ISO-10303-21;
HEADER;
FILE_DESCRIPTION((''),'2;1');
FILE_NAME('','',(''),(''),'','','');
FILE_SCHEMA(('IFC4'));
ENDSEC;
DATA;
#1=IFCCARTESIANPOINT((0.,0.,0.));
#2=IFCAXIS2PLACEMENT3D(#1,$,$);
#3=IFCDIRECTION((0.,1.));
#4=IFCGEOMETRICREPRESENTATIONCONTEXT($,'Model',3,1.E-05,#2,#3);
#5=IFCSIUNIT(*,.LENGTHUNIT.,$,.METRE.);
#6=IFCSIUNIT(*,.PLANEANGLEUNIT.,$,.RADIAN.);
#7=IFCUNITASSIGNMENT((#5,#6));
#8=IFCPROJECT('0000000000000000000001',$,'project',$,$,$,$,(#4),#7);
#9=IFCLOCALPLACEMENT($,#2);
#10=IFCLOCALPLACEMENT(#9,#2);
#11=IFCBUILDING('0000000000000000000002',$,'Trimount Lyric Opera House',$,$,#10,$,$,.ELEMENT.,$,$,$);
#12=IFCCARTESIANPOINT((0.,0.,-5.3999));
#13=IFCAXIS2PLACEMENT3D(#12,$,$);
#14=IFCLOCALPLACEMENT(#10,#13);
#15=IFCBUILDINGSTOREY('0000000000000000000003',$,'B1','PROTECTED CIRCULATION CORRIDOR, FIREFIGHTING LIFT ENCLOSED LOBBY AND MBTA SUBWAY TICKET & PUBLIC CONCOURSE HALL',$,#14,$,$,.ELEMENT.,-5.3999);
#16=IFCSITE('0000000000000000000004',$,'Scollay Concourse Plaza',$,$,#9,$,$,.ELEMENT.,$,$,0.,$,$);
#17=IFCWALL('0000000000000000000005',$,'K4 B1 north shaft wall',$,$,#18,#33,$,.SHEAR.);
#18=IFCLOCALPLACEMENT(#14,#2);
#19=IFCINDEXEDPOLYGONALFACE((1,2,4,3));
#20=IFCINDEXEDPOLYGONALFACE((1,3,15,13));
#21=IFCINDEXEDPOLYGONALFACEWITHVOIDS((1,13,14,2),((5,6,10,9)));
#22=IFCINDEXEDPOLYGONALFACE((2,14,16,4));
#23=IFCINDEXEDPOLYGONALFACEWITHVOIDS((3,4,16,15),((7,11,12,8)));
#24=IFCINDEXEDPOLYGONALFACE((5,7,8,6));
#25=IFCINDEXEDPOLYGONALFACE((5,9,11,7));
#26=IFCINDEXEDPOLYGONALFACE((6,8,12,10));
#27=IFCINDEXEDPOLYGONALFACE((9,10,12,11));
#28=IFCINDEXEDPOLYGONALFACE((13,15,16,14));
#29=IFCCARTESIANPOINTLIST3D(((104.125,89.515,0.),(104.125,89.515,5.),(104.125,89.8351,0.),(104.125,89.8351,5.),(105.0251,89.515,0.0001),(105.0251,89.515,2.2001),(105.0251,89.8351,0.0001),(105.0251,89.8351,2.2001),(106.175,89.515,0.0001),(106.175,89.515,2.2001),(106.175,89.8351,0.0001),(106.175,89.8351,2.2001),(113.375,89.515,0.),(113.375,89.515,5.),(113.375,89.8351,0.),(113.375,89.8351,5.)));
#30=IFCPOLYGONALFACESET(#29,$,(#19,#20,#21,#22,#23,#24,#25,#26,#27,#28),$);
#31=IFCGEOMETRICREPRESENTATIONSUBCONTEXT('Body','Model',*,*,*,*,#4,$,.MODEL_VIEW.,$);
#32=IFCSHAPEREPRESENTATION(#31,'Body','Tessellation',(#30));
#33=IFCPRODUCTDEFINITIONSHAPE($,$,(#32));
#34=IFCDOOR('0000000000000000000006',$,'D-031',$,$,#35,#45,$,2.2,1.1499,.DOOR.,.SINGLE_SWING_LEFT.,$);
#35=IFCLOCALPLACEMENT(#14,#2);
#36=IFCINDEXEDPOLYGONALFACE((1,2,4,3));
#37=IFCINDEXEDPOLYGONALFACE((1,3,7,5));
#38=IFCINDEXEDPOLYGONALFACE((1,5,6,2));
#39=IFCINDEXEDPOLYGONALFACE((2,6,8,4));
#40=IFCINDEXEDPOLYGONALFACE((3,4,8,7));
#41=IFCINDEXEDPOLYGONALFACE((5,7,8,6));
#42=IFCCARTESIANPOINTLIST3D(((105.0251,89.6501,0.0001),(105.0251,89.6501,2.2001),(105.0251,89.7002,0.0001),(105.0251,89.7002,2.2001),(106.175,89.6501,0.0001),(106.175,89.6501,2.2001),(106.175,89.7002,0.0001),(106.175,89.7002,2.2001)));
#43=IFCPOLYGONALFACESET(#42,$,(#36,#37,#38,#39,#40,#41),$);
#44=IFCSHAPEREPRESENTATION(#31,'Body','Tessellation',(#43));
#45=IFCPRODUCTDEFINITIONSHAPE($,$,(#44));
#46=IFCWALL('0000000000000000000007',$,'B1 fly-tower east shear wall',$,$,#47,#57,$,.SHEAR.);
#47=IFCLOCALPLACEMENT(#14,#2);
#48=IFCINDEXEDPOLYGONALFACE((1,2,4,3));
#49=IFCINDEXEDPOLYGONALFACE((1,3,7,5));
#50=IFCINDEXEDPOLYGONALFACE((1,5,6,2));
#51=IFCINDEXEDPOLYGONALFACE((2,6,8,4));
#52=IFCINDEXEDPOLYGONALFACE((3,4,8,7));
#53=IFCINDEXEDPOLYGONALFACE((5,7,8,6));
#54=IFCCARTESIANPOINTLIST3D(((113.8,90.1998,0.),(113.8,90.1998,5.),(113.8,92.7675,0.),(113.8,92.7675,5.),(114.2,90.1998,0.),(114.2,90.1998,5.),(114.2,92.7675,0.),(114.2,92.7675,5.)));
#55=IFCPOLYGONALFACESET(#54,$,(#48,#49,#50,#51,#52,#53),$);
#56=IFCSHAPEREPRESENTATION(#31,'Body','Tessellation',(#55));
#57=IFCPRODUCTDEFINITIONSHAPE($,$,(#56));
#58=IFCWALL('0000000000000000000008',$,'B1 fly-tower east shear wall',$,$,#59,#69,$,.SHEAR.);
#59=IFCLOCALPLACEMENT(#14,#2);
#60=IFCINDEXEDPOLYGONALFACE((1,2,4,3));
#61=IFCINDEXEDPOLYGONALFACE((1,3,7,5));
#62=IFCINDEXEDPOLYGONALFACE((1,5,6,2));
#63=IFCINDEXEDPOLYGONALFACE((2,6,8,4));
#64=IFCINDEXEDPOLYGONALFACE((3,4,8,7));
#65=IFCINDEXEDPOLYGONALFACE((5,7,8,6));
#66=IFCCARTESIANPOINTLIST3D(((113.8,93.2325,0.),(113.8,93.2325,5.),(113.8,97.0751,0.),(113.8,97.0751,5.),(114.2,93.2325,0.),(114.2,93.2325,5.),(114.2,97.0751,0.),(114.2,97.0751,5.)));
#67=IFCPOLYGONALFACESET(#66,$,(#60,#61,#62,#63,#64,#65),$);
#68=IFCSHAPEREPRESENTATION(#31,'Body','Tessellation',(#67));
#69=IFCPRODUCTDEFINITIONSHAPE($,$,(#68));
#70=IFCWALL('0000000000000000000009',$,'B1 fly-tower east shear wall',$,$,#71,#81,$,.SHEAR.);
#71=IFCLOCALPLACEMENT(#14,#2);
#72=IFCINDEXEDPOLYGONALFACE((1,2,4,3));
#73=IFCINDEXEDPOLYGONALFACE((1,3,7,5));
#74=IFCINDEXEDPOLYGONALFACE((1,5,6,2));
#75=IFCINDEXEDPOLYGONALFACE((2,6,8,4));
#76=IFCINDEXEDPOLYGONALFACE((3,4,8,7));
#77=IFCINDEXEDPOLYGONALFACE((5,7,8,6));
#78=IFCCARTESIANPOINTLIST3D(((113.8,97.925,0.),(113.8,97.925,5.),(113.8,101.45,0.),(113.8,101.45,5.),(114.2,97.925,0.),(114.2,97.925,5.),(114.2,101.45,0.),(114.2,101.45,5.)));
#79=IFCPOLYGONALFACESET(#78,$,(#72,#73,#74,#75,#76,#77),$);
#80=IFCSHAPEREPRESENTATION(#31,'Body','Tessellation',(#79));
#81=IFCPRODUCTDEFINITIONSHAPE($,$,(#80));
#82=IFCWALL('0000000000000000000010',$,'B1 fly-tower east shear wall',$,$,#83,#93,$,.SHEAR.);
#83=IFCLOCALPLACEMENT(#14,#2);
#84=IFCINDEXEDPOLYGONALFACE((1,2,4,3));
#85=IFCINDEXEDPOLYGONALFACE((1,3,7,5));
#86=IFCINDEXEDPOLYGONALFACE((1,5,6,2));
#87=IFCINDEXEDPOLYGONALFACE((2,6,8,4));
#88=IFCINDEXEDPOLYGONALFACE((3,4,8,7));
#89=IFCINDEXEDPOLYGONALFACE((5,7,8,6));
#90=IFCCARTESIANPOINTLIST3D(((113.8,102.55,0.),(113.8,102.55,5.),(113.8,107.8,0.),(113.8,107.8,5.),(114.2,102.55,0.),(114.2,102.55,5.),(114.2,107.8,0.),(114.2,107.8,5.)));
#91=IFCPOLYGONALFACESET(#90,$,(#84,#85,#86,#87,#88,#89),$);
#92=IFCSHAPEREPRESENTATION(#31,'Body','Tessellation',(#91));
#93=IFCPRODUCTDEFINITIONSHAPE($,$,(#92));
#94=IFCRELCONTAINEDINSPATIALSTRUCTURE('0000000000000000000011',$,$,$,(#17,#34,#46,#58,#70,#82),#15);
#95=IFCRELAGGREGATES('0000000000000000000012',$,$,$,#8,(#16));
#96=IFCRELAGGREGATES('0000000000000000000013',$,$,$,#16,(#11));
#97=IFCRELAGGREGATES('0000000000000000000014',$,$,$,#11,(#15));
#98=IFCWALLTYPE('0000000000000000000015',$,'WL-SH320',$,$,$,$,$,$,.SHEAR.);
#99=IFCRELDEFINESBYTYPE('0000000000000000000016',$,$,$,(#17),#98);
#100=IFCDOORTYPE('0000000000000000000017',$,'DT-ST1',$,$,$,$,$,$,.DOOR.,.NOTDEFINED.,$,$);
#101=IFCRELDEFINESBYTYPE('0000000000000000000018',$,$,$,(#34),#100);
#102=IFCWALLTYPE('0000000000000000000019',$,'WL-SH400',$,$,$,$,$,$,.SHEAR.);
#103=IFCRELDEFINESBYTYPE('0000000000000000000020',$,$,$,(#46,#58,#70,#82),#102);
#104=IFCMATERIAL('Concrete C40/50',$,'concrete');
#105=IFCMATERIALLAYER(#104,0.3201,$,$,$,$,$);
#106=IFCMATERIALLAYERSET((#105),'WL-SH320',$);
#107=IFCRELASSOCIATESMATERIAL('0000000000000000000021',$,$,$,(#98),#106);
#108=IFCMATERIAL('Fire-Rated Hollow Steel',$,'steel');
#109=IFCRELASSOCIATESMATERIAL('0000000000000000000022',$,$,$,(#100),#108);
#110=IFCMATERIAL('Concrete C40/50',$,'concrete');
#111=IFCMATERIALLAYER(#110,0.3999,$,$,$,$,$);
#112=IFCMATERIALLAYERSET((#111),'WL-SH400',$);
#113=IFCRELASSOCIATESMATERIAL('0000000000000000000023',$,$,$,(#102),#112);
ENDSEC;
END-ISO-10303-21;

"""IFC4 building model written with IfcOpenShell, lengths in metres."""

from ifc_helpers import new_model, si_unit, direction, frame, frame_2d, origin, place, context, subcontext, project, spatial, rectangle, extrude, material, layer, layer_set, type_object, element, fill, save


model = new_model("IFC4")

# Units and contexts
model_context = context("Model", 3, precision=1e-05, world=origin(), true_north=direction((0.0, 1.0)))
body_context = subcontext(model_context, "Body", "Model", "MODEL_VIEW")
ifc_project = project(units=[si_unit("LENGTHUNIT", "METRE"), si_unit("PLANEANGLEUNIT", "RADIAN")], contexts=[model_context])

# Site, building, storey
site_placement = place(None, origin())
site = spatial("IfcSite", under=ifc_project, at=site_placement, Name="Scollay Concourse Plaza", CompositionType="ELEMENT", RefElevation=0.0)
building_placement = place(site_placement, origin())
building = spatial("IfcBuilding", under=site, at=building_placement, Name="Trimount Lyric Opera House", CompositionType="ELEMENT")
storey_placement = place(building_placement, frame((0.0, 0.0, -5.3999)))
storey = spatial("IfcBuildingStorey", under=building, at=storey_placement, Name="B1", Description="PROTECTED CIRCULATION CORRIDOR, FIREFIGHTING LIFT ENCLOSED LOBBY AND MBTA SUBWAY TICKET & PUBLIC CONCOURSE HALL", CompositionType="ELEMENT", Elevation=-5.3999)

# Wall, opening, door
ifc_material_1 = material(Name="Concrete C40/50", Category="concrete")
ifc_layer_1 = layer(ifc_material_1, 0.3201)
ifc_layer_set_1 = layer_set([ifc_layer_1], Name="WL-SH320")
wall_type_1 = type_object("IfcWallType", Name="WL-SH320", PredefinedType="SHEAR", material=ifc_layer_set_1)
wall_1_placement = place(storey_placement, frame((113.375, 89.675, 0.0), z_axis=(0.0, 0.0, 1.0), x_axis=(-1.0, 0.0, 0.0)))
wall_1 = element("IfcWall", 1, at=wall_1_placement, inside=storey, type_object=wall_type_1, Name="K4 B1 north shaft wall", PredefinedType="SHEAR", context=body_context, shape_type="SweptSolid", body=[
    extrude(rectangle(XDim=9.25, YDim=0.3201, at=frame_2d((4.625, 0.0))), origin(), (0.0, 0.0, 1.0), 5.0),
])
opening_placement = place(wall_1_placement, frame((7.2, 0.0, 0.0)))
opening = element("IfcOpeningElement", 2, at=opening_placement, cuts=wall_1, PredefinedType="OPENING", context=body_context, shape_type="SweptSolid", body=[
    extrude(rectangle(XDim=1.1499, YDim=2.2, at=frame_2d((0.575, 1.1001))), frame((0.0, 0.1699, 0.0), z_axis=(0.0, -1.0, 0.0), x_axis=(1.0, 0.0, 0.0)), (0.0, 0.0, 1.0), 0.3401),
])
ifc_material_2 = material(Name="Fire-Rated Hollow Steel", Category="steel")
door_type = type_object("IfcDoorType", Name="DT-ST1", OperationType="NOTDEFINED", PredefinedType="DOOR", material=ifc_material_2)
door_placement = place(opening_placement, origin())
door = element("IfcDoor", 3, at=door_placement, inside=storey, type_object=door_type, Name="D-031", OperationType="SINGLE_SWING_LEFT", OverallHeight=2.2, OverallWidth=1.1499, PredefinedType="DOOR", context=body_context, shape_type="SweptSolid", body=[
    extrude(rectangle(XDim=1.1499, YDim=2.2, at=frame_2d((0.575, 1.1001))), frame((0.0, 0.0249, 0.0), z_axis=(0.0, -1.0, 0.0), x_axis=(1.0, 0.0, 0.0)), (0.0, 0.0, 1.0), 0.05),
])
fill(opening, door)

# Walls
ifc_material_3 = material(Name="Concrete C40/50", Category="concrete")
ifc_layer_2 = layer(ifc_material_3, 0.3999)
ifc_layer_set_2 = layer_set([ifc_layer_2], Name="WL-SH400")
wall_type_2 = type_object("IfcWallType", Name="WL-SH400", PredefinedType="SHEAR", material=ifc_layer_set_2)
wall_2_placement = place(storey_placement, frame((114.0, 90.2, 0.0), z_axis=(0.0, 0.0, 1.0), x_axis=(0.0, 1.0, 0.0)))
element("IfcWall", 4, at=wall_2_placement, inside=storey, type_object=wall_type_2, Name="B1 fly-tower east shear wall", PredefinedType="SHEAR", context=body_context, shape_type="SweptSolid", body=[
    extrude(rectangle(XDim=2.5676, YDim=0.3999, at=frame_2d((1.2837, 0.0))), origin(), (0.0, 0.0, 1.0), 5.0),
])
wall_3_placement = place(storey_placement, frame((114.0, 93.2324, 0.0), z_axis=(0.0, 0.0, 1.0), x_axis=(0.0, 1.0, 0.0)))
element("IfcWall", 5, at=wall_3_placement, inside=storey, type_object=wall_type_2, Name="B1 fly-tower east shear wall", PredefinedType="SHEAR", context=body_context, shape_type="SweptSolid", body=[
    extrude(rectangle(XDim=3.8425, YDim=0.3999, at=frame_2d((1.9214, 0.0))), origin(), (0.0, 0.0, 1.0), 5.0),
])
wall_4_placement = place(storey_placement, frame((114.0, 97.925, 0.0), z_axis=(0.0, 0.0, 1.0), x_axis=(0.0, 1.0, 0.0)))
element("IfcWall", 6, at=wall_4_placement, inside=storey, type_object=wall_type_2, Name="B1 fly-tower east shear wall", PredefinedType="SHEAR", context=body_context, shape_type="SweptSolid", body=[
    extrude(rectangle(XDim=3.5249, YDim=0.3999, at=frame_2d((1.7625, 0.0))), origin(), (0.0, 0.0, 1.0), 5.0),
])
wall_5_placement = place(storey_placement, frame((114.0, 102.55, 0.0), z_axis=(0.0, 0.0, 1.0), x_axis=(0.0, 1.0, 0.0)))
element("IfcWall", 7, at=wall_5_placement, inside=storey, type_object=wall_type_2, Name="B1 fly-tower east shear wall", PredefinedType="SHEAR", context=body_context, shape_type="SweptSolid", body=[
    extrude(rectangle(XDim=5.25, YDim=0.3999, at=frame_2d((2.625, 0.0))), origin(), (0.0, 0.0, 1.0), 5.0),
])

save(model, "model.ifc")
